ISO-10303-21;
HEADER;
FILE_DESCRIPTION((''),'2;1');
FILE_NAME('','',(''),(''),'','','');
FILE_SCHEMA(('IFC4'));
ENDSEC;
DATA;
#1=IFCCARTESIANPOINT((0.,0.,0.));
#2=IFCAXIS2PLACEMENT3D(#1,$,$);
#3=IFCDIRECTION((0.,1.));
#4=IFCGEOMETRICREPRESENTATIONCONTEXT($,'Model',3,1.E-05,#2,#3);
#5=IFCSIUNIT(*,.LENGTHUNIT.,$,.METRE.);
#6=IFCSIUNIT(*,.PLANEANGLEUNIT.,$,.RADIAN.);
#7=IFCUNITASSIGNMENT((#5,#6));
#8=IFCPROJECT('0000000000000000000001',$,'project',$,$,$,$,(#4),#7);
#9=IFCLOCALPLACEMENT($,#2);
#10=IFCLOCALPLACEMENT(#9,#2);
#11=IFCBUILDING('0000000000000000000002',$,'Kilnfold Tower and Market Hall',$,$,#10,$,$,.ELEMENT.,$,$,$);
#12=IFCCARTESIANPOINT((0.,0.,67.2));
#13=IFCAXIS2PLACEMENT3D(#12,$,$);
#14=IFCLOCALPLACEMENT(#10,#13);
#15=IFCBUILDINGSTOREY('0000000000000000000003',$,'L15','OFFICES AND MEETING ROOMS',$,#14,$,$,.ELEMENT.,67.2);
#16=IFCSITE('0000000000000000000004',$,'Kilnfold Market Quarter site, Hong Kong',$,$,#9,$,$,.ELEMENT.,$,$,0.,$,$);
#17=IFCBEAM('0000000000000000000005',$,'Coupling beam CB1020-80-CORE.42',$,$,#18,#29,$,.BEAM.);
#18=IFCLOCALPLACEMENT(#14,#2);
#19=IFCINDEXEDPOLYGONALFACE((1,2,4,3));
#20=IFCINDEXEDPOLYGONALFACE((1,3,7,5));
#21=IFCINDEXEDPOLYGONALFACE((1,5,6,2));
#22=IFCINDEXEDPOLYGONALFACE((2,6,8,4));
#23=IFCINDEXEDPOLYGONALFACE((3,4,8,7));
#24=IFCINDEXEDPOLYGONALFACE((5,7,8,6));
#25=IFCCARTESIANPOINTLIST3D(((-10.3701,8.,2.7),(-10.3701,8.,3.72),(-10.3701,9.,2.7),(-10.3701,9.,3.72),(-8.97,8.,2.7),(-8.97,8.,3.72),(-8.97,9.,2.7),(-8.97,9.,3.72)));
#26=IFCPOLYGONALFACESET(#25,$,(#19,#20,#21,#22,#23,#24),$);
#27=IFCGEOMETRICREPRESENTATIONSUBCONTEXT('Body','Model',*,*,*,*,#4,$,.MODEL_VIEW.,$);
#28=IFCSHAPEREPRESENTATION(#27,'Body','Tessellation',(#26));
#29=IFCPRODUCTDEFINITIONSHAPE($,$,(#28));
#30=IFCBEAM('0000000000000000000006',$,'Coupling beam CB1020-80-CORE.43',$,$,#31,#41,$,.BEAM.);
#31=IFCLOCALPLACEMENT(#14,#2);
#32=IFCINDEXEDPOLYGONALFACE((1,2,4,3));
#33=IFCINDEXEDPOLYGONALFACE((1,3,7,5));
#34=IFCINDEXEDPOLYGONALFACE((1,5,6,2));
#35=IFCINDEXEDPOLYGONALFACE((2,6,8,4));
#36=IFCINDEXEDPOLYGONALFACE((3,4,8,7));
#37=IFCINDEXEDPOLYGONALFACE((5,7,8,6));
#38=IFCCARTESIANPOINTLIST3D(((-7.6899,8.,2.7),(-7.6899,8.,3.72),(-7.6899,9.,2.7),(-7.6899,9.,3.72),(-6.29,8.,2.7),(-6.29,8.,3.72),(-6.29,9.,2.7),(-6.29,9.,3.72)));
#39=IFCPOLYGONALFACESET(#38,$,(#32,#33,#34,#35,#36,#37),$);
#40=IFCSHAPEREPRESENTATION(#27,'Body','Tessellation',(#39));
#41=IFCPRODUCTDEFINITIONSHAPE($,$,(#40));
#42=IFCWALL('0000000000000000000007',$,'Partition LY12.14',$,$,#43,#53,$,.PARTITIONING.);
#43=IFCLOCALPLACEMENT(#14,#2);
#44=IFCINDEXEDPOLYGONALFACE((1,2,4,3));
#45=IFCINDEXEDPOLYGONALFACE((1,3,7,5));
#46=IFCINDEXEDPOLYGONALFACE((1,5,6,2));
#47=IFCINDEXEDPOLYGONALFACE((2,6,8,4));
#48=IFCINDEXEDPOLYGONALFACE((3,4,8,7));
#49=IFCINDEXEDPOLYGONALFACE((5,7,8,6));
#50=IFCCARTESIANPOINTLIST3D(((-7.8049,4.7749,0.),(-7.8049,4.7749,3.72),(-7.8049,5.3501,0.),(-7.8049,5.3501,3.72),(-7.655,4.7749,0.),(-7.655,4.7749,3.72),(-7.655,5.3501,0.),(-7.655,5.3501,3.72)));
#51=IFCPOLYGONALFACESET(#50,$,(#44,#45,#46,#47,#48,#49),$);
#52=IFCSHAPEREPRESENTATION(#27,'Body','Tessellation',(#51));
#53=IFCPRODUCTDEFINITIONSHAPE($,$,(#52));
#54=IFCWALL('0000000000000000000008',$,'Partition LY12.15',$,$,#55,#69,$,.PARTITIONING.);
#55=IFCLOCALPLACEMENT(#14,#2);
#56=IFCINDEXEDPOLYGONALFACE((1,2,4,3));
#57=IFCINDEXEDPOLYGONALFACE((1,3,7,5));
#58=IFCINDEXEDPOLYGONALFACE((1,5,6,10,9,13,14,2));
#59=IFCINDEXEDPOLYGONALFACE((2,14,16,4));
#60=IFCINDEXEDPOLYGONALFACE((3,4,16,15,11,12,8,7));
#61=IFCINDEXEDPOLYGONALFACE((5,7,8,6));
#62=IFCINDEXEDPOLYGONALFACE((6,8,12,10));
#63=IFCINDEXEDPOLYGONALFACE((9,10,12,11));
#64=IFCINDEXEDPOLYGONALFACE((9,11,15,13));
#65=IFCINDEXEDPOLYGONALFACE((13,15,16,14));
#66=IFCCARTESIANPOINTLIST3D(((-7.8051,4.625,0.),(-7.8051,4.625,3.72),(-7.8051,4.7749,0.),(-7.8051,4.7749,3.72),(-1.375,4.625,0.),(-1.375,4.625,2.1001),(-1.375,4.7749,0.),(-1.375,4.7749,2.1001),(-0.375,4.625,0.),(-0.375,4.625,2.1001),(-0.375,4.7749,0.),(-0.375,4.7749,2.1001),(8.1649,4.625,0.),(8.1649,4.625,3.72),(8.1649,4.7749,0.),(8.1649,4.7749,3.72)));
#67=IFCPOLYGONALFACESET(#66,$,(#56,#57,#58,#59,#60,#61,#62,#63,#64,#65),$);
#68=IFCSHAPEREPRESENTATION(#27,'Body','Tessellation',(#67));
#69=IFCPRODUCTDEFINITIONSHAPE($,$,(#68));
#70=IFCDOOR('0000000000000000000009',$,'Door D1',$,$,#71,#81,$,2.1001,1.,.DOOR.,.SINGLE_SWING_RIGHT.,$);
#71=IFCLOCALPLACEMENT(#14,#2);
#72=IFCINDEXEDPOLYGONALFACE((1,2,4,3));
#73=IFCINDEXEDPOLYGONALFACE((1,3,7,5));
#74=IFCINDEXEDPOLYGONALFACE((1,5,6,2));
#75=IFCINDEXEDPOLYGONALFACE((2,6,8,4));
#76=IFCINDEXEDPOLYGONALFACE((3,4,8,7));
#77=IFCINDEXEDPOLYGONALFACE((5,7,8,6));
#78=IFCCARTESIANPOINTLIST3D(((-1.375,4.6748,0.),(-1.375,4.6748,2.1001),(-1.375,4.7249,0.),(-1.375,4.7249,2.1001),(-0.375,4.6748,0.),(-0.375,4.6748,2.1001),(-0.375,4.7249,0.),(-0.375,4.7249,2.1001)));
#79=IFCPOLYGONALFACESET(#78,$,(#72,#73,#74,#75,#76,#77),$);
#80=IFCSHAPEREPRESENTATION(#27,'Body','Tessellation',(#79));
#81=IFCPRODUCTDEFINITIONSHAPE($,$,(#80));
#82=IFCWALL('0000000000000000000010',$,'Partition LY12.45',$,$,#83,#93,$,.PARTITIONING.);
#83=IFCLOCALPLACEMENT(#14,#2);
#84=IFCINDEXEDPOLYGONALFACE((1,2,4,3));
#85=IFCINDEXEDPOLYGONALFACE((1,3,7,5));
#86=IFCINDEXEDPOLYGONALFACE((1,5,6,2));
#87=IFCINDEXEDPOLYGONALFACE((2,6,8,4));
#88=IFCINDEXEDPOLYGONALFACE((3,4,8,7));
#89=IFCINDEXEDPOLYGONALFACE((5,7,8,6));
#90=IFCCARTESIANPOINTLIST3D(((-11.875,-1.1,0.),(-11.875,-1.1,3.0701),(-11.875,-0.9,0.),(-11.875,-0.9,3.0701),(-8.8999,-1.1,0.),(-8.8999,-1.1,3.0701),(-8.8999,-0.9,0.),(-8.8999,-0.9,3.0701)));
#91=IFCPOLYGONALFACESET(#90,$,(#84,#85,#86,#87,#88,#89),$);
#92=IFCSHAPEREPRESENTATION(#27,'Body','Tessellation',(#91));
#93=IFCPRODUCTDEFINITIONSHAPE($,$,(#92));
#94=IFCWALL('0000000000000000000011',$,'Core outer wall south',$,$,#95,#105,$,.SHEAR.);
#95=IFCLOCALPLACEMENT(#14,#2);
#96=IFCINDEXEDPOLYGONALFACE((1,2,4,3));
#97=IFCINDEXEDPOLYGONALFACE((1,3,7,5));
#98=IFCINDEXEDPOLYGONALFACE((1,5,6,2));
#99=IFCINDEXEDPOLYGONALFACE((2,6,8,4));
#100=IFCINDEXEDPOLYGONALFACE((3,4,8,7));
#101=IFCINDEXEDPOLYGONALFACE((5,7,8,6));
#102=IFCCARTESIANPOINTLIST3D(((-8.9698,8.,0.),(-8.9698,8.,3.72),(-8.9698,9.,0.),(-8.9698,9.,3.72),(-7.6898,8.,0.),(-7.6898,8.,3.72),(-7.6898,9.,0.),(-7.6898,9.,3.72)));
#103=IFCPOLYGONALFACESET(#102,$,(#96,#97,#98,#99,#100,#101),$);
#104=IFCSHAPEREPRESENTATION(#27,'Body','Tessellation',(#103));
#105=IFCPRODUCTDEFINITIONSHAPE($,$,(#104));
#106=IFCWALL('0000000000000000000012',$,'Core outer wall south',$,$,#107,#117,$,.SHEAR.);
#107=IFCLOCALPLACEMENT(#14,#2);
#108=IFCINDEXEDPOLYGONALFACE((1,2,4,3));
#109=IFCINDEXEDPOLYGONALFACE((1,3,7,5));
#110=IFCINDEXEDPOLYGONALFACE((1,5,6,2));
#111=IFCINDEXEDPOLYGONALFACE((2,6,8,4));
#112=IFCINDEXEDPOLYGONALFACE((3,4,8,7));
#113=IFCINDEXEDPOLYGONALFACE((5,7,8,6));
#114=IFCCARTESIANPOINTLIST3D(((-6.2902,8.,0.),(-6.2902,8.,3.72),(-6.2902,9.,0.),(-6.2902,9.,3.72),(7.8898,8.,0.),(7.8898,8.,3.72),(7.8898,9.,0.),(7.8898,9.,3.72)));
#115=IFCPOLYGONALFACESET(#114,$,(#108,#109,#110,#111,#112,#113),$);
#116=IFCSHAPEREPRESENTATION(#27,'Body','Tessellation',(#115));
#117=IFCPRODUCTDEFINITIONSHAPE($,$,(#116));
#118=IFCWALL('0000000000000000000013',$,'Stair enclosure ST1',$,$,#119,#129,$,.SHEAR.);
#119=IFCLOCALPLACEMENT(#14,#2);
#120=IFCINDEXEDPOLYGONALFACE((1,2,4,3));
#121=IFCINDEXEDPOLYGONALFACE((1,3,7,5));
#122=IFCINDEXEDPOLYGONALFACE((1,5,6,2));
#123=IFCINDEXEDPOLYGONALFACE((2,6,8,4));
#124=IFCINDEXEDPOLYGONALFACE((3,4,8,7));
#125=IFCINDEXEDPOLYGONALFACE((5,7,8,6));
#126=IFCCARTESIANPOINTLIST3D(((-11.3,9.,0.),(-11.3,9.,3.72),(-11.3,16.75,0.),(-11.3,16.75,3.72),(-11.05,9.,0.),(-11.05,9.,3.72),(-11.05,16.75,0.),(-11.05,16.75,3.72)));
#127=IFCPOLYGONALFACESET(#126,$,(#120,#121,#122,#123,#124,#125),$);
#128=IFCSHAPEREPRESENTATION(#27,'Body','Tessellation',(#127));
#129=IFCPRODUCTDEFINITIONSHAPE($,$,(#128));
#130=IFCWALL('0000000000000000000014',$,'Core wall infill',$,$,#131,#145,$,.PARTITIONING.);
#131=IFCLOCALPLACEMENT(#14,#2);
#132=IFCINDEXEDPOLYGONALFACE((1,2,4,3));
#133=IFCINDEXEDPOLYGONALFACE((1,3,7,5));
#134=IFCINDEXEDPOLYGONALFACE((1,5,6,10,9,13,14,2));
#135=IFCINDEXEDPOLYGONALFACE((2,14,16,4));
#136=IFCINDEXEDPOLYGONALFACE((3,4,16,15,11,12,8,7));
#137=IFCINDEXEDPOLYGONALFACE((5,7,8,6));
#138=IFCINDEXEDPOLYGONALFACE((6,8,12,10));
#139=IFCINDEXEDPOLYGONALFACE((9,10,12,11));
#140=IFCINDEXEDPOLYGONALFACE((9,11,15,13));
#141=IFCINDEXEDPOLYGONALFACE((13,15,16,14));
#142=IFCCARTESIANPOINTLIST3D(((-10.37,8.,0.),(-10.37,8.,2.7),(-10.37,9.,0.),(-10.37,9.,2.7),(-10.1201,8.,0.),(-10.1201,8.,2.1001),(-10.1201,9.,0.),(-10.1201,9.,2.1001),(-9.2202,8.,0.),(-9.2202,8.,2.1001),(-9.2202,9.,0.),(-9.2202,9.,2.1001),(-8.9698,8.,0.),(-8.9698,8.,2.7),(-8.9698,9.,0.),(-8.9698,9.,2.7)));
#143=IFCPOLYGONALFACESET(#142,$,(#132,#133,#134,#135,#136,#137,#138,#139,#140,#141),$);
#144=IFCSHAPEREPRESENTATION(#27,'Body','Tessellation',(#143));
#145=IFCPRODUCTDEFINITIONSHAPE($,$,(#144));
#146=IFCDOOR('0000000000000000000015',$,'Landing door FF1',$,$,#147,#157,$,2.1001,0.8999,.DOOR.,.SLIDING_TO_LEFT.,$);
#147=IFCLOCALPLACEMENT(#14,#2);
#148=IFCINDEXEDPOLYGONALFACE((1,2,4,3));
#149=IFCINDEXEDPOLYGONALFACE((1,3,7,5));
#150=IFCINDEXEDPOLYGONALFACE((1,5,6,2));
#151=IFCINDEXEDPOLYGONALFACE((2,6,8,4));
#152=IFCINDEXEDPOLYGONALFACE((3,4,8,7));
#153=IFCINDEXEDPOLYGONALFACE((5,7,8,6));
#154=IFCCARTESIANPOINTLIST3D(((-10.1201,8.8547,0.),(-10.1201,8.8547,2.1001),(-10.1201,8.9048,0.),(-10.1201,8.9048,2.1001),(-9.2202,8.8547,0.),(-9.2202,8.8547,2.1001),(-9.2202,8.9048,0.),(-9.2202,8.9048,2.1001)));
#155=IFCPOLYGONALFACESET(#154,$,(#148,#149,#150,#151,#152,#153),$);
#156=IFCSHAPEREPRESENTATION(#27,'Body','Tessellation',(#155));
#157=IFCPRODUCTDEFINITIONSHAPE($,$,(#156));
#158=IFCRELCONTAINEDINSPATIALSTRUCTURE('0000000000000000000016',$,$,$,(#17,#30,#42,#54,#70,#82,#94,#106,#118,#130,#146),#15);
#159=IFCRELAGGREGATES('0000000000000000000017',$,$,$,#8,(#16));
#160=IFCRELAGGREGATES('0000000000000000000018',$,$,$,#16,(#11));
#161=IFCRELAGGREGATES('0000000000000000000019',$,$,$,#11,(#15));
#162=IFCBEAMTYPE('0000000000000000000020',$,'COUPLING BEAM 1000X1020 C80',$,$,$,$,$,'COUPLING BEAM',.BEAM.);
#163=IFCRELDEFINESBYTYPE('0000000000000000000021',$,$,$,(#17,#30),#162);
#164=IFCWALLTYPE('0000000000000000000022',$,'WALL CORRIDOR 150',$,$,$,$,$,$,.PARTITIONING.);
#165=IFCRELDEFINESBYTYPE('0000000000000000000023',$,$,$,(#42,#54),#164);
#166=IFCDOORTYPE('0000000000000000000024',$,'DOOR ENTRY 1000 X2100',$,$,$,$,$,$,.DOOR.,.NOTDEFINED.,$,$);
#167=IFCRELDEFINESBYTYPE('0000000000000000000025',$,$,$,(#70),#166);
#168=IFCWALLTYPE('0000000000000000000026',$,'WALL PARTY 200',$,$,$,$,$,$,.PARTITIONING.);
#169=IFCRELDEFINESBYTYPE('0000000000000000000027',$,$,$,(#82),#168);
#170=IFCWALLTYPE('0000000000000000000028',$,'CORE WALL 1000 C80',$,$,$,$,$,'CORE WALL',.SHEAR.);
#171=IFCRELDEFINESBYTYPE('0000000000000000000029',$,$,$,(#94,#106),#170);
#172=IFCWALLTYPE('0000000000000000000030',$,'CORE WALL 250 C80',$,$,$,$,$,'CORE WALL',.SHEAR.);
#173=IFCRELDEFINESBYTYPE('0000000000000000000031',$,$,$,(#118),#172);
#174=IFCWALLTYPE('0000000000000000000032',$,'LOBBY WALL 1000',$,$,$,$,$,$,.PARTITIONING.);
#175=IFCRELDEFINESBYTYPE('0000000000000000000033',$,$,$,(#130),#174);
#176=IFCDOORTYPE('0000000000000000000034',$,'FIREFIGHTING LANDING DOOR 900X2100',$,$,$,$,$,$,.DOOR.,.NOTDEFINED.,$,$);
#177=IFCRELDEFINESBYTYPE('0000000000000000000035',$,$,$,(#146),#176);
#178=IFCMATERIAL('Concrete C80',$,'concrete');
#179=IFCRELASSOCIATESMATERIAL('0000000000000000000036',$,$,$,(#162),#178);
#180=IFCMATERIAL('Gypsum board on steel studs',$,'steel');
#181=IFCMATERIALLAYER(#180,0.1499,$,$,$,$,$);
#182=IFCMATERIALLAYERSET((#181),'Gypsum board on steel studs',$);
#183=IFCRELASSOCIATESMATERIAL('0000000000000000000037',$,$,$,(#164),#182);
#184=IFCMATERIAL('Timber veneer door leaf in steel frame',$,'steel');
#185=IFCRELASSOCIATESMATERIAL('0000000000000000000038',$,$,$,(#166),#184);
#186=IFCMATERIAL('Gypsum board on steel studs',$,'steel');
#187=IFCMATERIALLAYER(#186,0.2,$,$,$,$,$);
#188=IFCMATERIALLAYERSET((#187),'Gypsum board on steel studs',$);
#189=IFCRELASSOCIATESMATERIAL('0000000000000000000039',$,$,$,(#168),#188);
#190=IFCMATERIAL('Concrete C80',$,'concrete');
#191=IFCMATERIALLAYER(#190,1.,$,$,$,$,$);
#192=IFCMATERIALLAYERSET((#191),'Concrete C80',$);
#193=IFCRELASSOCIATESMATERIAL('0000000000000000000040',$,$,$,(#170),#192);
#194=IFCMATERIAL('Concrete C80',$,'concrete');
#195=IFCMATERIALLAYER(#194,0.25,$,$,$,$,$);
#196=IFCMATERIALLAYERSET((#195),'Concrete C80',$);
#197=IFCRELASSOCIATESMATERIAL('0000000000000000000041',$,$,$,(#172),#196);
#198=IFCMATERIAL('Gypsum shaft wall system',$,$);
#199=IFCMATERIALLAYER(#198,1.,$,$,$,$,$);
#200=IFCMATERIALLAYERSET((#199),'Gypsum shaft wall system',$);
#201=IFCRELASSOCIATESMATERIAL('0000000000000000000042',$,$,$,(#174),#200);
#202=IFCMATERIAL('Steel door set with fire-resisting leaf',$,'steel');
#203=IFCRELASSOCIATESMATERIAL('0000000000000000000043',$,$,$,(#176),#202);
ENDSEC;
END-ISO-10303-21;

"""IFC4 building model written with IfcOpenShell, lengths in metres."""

from ifc_helpers import new_model, si_unit, direction, frame, frame_2d, origin, origin_2d, place, context, subcontext, project, spatial, rectangle, extrude, source, transform, mapped, material, layer, layer_set, material_profile, profile_set, type_object, element, fill, save


model = new_model("IFC4")

# Units and contexts
model_context = context("Model", 3, precision=1e-05, world=origin(), true_north=direction((0.0, 1.0)))
body_context = subcontext(model_context, "Body", "Model", "MODEL_VIEW")
ifc_project = project(units=[si_unit("LENGTHUNIT", "METRE"), si_unit("PLANEANGLEUNIT", "RADIAN")], contexts=[model_context])

# Site, building, storey
site_placement = place(None, origin())
site = spatial("IfcSite", under=ifc_project, at=site_placement, Name="Kilnfold Market Quarter site, Hong Kong", CompositionType="ELEMENT", RefElevation=0.0)
building_placement = place(site_placement, origin())
building = spatial("IfcBuilding", under=site, at=building_placement, Name="Kilnfold Tower and Market Hall", CompositionType="ELEMENT")
storey_placement = place(building_placement, frame((0.0, 0.0, 67.2)))
storey = spatial("IfcBuildingStorey", under=building, at=storey_placement, Name="L15", Description="OFFICES AND MEETING ROOMS", CompositionType="ELEMENT", Elevation=67.2)

# Beams
ifc_material_1 = material(Name="Concrete C80", Category="concrete")
ifc_material_profile = material_profile(ifc_material_1, rectangle(XDim=1.0, YDim=1.02, at=origin_2d()), Name="RC 1000x1020")
ifc_profile_set = profile_set([ifc_material_profile], Name="Concrete C80")
beam_type = type_object("IfcBeamType", Name="COUPLING BEAM 1000X1020 C80", ElementType="COUPLING BEAM", PredefinedType="BEAM", material=ifc_profile_set)
shared_shape_1 = source(origin(), body_context, "Body", "SweptSolid", [
    extrude(rectangle(XDim=1.0, YDim=1.02, at=origin_2d()), origin(), (0.0, 0.0, 1.0), 1.4001),
])
beam_1_placement = place(storey_placement, frame((-10.3701, 8.5, 3.21), z_axis=(1.0, 0.0, 0.0), x_axis=(0.0, 1.0, 0.0)))
element("IfcBeam", 1, at=beam_1_placement, inside=storey, type_object=beam_type, Name="Coupling beam CB1020-80-CORE.42", PredefinedType="BEAM", context=body_context, shape_type="MappedRepresentation", body=[
    mapped(shared_shape_1, transform((0.0, 0.0, 0.0))),
])
shared_shape_2 = source(origin(), body_context, "Body", "SweptSolid", [
    extrude(rectangle(XDim=1.0, YDim=1.02, at=origin_2d()), origin(), (0.0, 0.0, 1.0), 1.3999),
])
beam_2_placement = place(storey_placement, frame((-7.6899, 8.5, 3.21), z_axis=(1.0, 0.0, 0.0), x_axis=(0.0, 1.0, 0.0)))
element("IfcBeam", 2, at=beam_2_placement, inside=storey, type_object=beam_type, Name="Coupling beam CB1020-80-CORE.43", PredefinedType="BEAM", context=body_context, shape_type="MappedRepresentation", body=[
    mapped(shared_shape_2, transform((0.0, 0.0, 0.0))),
])

# Wall
ifc_material_2 = material(Name="Gypsum board on steel studs", Category="steel")
ifc_layer_1 = layer(ifc_material_2, 0.1499)
ifc_layer_set_1 = layer_set([ifc_layer_1], Name="Gypsum board on steel studs")
wall_type_1 = type_object("IfcWallType", Name="WALL CORRIDOR 150", PredefinedType="PARTITIONING", material=ifc_layer_set_1)
wall_1_placement = place(storey_placement, frame((-7.73, 4.7749, 0.0), z_axis=(0.0, 0.0, 1.0), x_axis=(0.0, 1.0, 0.0)))
element("IfcWall", 3, at=wall_1_placement, inside=storey, type_object=wall_type_1, Name="Partition LY12.14", PredefinedType="PARTITIONING", context=body_context, shape_type="SweptSolid", body=[
    extrude(rectangle(XDim=0.5752, YDim=0.1499, at=frame_2d((0.2876, 0.0))), origin(), (0.0, 0.0, 1.0), 3.72),
])

# Wall, opening, door
wall_2_placement = place(storey_placement, frame((-7.8049, 4.7, 0.0), z_axis=(0.0, 0.0, 1.0), x_axis=(1.0, 0.0, 0.0)))
wall_2 = element("IfcWall", 4, at=wall_2_placement, inside=storey, type_object=wall_type_1, Name="Partition LY12.15", PredefinedType="PARTITIONING", context=body_context, shape_type="SweptSolid", body=[
    extrude(rectangle(XDim=15.97, YDim=0.1499, at=frame_2d((7.9849, 0.0))), origin(), (0.0, 0.0, 1.0), 3.72),
])
opening_1_placement = place(wall_2_placement, frame((6.4299, 0.0, 0.0)))
opening_1 = element("IfcOpeningElement", 5, at=opening_1_placement, cuts=wall_2, PredefinedType="OPENING", context=body_context, shape_type="SweptSolid", body=[
    extrude(rectangle(XDim=1.0, YDim=2.1001, at=frame_2d((0.5, 1.05))), frame((0.0, 0.085, 0.0), z_axis=(0.0, -1.0, 0.0), x_axis=(1.0, 0.0, 0.0)), (0.0, 0.0, 1.0), 0.1699),
])
ifc_material_3 = material(Name="Timber veneer door leaf in steel frame", Category="steel")
door_type_1 = type_object("IfcDoorType", Name="DOOR ENTRY 1000 X2100", OperationType="NOTDEFINED", PredefinedType="DOOR", material=ifc_material_3)
door_1_placement = place(opening_1_placement, origin())
door_1 = element("IfcDoor", 6, at=door_1_placement, inside=storey, type_object=door_type_1, Name="Door D1", OperationType="SINGLE_SWING_RIGHT", OverallHeight=2.1001, OverallWidth=1.0, PredefinedType="DOOR", context=body_context, shape_type="SweptSolid", body=[
    extrude(rectangle(XDim=1.0, YDim=2.1001, at=frame_2d((0.5, 1.05))), frame((0.0, 0.0249, 0.0), z_axis=(0.0, -1.0, 0.0), x_axis=(1.0, 0.0, 0.0)), (0.0, 0.0, 1.0), 0.05),
])
fill(opening_1, door_1)

# Walls
ifc_material_4 = material(Name="Gypsum board on steel studs", Category="steel")
ifc_layer_2 = layer(ifc_material_4, 0.2)
ifc_layer_set_2 = layer_set([ifc_layer_2], Name="Gypsum board on steel studs")
wall_type_2 = type_object("IfcWallType", Name="WALL PARTY 200", PredefinedType="PARTITIONING", material=ifc_layer_set_2)
wall_3_placement = place(storey_placement, frame((-11.875, -1.0, 0.0), z_axis=(0.0, 0.0, 1.0), x_axis=(1.0, 0.0, 0.0)))
element("IfcWall", 7, at=wall_3_placement, inside=storey, type_object=wall_type_2, Name="Partition LY12.45", PredefinedType="PARTITIONING", context=body_context, shape_type="SweptSolid", body=[
    extrude(rectangle(XDim=2.9751, YDim=0.2, at=frame_2d((1.4875, 0.0))), origin(), (0.0, 0.0, 1.0), 3.0701),
])
ifc_material_5 = material(Name="Concrete C80", Category="concrete")
ifc_layer_3 = layer(ifc_material_5, 1.0)
ifc_layer_set_3 = layer_set([ifc_layer_3], Name="Concrete C80")
wall_type_3 = type_object("IfcWallType", Name="CORE WALL 1000 C80", ElementType="CORE WALL", PredefinedType="SHEAR", material=ifc_layer_set_3)
shared_shape_3 = source(origin(), body_context, "Body", "SweptSolid", [
    extrude(rectangle(XDim=1.28, YDim=1.0, at=frame_2d((0.6401, 0.0))), origin(), (0.0, 0.0, 1.0), 3.72),
])
wall_4_placement = place(storey_placement, frame((-8.97, 8.5, 0.0), z_axis=(0.0, 0.0, 1.0), x_axis=(1.0, 0.0, 0.0)))
element("IfcWall", 8, at=wall_4_placement, inside=storey, type_object=wall_type_3, Name="Core outer wall south", PredefinedType="SHEAR", context=body_context, shape_type="MappedRepresentation", body=[
    mapped(shared_shape_3, transform((0.0, 0.0, 0.0))),
])
shared_shape_4 = source(origin(), body_context, "Body", "SweptSolid", [
    extrude(rectangle(XDim=14.1799, YDim=1.0, at=frame_2d((7.0898, 0.0))), origin(), (0.0, 0.0, 1.0), 3.72),
])
wall_5_placement = place(storey_placement, frame((-6.29, 8.5, 0.0), z_axis=(0.0, 0.0, 1.0), x_axis=(1.0, 0.0, 0.0)))
element("IfcWall", 9, at=wall_5_placement, inside=storey, type_object=wall_type_3, Name="Core outer wall south", PredefinedType="SHEAR", context=body_context, shape_type="MappedRepresentation", body=[
    mapped(shared_shape_4, transform((0.0, 0.0, 0.0))),
])
ifc_material_6 = material(Name="Concrete C80", Category="concrete")
ifc_layer_4 = layer(ifc_material_6, 0.25)
ifc_layer_set_4 = layer_set([ifc_layer_4], Name="Concrete C80")
wall_type_4 = type_object("IfcWallType", Name="CORE WALL 250 C80", ElementType="CORE WALL", PredefinedType="SHEAR", material=ifc_layer_set_4)
shared_shape_5 = source(origin(), body_context, "Body", "SweptSolid", [
    extrude(rectangle(XDim=7.75, YDim=0.25, at=frame_2d((3.875, 0.0))), origin(), (0.0, 0.0, 1.0), 3.72),
])
wall_6_placement = place(storey_placement, frame((-11.175, 9.0, 0.0), z_axis=(0.0, 0.0, 1.0), x_axis=(0.0, 1.0, 0.0)))
element("IfcWall", 10, at=wall_6_placement, inside=storey, type_object=wall_type_4, Name="Stair enclosure ST1", PredefinedType="SHEAR", context=body_context, shape_type="MappedRepresentation", body=[
    mapped(shared_shape_5, transform((0.0, 0.0, 0.0))),
])

# Wall, opening, door
ifc_material_7 = material(Name="Gypsum shaft wall system")
ifc_layer_5 = layer(ifc_material_7, 1.0)
ifc_layer_set_5 = layer_set([ifc_layer_5], Name="Gypsum shaft wall system")
wall_type_5 = type_object("IfcWallType", Name="LOBBY WALL 1000", PredefinedType="PARTITIONING", material=ifc_layer_set_5)
shared_shape_6 = source(origin(), body_context, "Body", "SweptSolid", [
    extrude(rectangle(XDim=1.4001, YDim=1.0, at=frame_2d((0.7002, 0.0))), origin(), (0.0, 0.0, 1.0), 2.7),
])
wall_7_placement = place(storey_placement, frame((-10.3701, 8.5, 0.0), z_axis=(0.0, 0.0, 1.0), x_axis=(1.0, 0.0, 0.0)))
wall_7 = element("IfcWall", 11, at=wall_7_placement, inside=storey, type_object=wall_type_5, Name="Core wall infill", PredefinedType="PARTITIONING", context=body_context, shape_type="MappedRepresentation", body=[
    mapped(shared_shape_6, transform((0.0, 0.0, 0.0))),
])
opening_2_placement = place(wall_7_placement, frame((0.25, 0.0, 0.0)))
opening_2 = element("IfcOpeningElement", 12, at=opening_2_placement, cuts=wall_7, PredefinedType="OPENING", context=body_context, shape_type="SweptSolid", body=[
    extrude(rectangle(XDim=0.8999, YDim=2.1001, at=frame_2d((0.45, 1.05))), frame((0.0, 0.51, 0.0), z_axis=(0.0, -1.0, 0.0), x_axis=(1.0, 0.0, 0.0)), (0.0, 0.0, 1.0), 1.02),
])
ifc_material_8 = material(Name="Steel door set with fire-resisting leaf", Category="steel")
door_type_2 = type_object("IfcDoorType", Name="FIREFIGHTING LANDING DOOR 900X2100", OperationType="NOTDEFINED", PredefinedType="DOOR", material=ifc_material_8)
door_2_placement = place(opening_2_placement, origin())
door_2 = element("IfcDoor", 13, at=door_2_placement, inside=storey, type_object=door_type_2, Name="Landing door FF1", OperationType="SLIDING_TO_LEFT", OverallHeight=2.1001, OverallWidth=0.8999, PredefinedType="DOOR", context=body_context, shape_type="SweptSolid", body=[
    extrude(rectangle(XDim=0.8999, YDim=2.1001, at=frame_2d((0.45, 1.05))), frame((0.0, 0.4048, 0.0), z_axis=(0.0, -1.0, 0.0), x_axis=(1.0, 0.0, 0.0)), (0.0, 0.0, 1.0), 0.05),
])
fill(opening_2, door_2)

save(model, "model.ifc")
